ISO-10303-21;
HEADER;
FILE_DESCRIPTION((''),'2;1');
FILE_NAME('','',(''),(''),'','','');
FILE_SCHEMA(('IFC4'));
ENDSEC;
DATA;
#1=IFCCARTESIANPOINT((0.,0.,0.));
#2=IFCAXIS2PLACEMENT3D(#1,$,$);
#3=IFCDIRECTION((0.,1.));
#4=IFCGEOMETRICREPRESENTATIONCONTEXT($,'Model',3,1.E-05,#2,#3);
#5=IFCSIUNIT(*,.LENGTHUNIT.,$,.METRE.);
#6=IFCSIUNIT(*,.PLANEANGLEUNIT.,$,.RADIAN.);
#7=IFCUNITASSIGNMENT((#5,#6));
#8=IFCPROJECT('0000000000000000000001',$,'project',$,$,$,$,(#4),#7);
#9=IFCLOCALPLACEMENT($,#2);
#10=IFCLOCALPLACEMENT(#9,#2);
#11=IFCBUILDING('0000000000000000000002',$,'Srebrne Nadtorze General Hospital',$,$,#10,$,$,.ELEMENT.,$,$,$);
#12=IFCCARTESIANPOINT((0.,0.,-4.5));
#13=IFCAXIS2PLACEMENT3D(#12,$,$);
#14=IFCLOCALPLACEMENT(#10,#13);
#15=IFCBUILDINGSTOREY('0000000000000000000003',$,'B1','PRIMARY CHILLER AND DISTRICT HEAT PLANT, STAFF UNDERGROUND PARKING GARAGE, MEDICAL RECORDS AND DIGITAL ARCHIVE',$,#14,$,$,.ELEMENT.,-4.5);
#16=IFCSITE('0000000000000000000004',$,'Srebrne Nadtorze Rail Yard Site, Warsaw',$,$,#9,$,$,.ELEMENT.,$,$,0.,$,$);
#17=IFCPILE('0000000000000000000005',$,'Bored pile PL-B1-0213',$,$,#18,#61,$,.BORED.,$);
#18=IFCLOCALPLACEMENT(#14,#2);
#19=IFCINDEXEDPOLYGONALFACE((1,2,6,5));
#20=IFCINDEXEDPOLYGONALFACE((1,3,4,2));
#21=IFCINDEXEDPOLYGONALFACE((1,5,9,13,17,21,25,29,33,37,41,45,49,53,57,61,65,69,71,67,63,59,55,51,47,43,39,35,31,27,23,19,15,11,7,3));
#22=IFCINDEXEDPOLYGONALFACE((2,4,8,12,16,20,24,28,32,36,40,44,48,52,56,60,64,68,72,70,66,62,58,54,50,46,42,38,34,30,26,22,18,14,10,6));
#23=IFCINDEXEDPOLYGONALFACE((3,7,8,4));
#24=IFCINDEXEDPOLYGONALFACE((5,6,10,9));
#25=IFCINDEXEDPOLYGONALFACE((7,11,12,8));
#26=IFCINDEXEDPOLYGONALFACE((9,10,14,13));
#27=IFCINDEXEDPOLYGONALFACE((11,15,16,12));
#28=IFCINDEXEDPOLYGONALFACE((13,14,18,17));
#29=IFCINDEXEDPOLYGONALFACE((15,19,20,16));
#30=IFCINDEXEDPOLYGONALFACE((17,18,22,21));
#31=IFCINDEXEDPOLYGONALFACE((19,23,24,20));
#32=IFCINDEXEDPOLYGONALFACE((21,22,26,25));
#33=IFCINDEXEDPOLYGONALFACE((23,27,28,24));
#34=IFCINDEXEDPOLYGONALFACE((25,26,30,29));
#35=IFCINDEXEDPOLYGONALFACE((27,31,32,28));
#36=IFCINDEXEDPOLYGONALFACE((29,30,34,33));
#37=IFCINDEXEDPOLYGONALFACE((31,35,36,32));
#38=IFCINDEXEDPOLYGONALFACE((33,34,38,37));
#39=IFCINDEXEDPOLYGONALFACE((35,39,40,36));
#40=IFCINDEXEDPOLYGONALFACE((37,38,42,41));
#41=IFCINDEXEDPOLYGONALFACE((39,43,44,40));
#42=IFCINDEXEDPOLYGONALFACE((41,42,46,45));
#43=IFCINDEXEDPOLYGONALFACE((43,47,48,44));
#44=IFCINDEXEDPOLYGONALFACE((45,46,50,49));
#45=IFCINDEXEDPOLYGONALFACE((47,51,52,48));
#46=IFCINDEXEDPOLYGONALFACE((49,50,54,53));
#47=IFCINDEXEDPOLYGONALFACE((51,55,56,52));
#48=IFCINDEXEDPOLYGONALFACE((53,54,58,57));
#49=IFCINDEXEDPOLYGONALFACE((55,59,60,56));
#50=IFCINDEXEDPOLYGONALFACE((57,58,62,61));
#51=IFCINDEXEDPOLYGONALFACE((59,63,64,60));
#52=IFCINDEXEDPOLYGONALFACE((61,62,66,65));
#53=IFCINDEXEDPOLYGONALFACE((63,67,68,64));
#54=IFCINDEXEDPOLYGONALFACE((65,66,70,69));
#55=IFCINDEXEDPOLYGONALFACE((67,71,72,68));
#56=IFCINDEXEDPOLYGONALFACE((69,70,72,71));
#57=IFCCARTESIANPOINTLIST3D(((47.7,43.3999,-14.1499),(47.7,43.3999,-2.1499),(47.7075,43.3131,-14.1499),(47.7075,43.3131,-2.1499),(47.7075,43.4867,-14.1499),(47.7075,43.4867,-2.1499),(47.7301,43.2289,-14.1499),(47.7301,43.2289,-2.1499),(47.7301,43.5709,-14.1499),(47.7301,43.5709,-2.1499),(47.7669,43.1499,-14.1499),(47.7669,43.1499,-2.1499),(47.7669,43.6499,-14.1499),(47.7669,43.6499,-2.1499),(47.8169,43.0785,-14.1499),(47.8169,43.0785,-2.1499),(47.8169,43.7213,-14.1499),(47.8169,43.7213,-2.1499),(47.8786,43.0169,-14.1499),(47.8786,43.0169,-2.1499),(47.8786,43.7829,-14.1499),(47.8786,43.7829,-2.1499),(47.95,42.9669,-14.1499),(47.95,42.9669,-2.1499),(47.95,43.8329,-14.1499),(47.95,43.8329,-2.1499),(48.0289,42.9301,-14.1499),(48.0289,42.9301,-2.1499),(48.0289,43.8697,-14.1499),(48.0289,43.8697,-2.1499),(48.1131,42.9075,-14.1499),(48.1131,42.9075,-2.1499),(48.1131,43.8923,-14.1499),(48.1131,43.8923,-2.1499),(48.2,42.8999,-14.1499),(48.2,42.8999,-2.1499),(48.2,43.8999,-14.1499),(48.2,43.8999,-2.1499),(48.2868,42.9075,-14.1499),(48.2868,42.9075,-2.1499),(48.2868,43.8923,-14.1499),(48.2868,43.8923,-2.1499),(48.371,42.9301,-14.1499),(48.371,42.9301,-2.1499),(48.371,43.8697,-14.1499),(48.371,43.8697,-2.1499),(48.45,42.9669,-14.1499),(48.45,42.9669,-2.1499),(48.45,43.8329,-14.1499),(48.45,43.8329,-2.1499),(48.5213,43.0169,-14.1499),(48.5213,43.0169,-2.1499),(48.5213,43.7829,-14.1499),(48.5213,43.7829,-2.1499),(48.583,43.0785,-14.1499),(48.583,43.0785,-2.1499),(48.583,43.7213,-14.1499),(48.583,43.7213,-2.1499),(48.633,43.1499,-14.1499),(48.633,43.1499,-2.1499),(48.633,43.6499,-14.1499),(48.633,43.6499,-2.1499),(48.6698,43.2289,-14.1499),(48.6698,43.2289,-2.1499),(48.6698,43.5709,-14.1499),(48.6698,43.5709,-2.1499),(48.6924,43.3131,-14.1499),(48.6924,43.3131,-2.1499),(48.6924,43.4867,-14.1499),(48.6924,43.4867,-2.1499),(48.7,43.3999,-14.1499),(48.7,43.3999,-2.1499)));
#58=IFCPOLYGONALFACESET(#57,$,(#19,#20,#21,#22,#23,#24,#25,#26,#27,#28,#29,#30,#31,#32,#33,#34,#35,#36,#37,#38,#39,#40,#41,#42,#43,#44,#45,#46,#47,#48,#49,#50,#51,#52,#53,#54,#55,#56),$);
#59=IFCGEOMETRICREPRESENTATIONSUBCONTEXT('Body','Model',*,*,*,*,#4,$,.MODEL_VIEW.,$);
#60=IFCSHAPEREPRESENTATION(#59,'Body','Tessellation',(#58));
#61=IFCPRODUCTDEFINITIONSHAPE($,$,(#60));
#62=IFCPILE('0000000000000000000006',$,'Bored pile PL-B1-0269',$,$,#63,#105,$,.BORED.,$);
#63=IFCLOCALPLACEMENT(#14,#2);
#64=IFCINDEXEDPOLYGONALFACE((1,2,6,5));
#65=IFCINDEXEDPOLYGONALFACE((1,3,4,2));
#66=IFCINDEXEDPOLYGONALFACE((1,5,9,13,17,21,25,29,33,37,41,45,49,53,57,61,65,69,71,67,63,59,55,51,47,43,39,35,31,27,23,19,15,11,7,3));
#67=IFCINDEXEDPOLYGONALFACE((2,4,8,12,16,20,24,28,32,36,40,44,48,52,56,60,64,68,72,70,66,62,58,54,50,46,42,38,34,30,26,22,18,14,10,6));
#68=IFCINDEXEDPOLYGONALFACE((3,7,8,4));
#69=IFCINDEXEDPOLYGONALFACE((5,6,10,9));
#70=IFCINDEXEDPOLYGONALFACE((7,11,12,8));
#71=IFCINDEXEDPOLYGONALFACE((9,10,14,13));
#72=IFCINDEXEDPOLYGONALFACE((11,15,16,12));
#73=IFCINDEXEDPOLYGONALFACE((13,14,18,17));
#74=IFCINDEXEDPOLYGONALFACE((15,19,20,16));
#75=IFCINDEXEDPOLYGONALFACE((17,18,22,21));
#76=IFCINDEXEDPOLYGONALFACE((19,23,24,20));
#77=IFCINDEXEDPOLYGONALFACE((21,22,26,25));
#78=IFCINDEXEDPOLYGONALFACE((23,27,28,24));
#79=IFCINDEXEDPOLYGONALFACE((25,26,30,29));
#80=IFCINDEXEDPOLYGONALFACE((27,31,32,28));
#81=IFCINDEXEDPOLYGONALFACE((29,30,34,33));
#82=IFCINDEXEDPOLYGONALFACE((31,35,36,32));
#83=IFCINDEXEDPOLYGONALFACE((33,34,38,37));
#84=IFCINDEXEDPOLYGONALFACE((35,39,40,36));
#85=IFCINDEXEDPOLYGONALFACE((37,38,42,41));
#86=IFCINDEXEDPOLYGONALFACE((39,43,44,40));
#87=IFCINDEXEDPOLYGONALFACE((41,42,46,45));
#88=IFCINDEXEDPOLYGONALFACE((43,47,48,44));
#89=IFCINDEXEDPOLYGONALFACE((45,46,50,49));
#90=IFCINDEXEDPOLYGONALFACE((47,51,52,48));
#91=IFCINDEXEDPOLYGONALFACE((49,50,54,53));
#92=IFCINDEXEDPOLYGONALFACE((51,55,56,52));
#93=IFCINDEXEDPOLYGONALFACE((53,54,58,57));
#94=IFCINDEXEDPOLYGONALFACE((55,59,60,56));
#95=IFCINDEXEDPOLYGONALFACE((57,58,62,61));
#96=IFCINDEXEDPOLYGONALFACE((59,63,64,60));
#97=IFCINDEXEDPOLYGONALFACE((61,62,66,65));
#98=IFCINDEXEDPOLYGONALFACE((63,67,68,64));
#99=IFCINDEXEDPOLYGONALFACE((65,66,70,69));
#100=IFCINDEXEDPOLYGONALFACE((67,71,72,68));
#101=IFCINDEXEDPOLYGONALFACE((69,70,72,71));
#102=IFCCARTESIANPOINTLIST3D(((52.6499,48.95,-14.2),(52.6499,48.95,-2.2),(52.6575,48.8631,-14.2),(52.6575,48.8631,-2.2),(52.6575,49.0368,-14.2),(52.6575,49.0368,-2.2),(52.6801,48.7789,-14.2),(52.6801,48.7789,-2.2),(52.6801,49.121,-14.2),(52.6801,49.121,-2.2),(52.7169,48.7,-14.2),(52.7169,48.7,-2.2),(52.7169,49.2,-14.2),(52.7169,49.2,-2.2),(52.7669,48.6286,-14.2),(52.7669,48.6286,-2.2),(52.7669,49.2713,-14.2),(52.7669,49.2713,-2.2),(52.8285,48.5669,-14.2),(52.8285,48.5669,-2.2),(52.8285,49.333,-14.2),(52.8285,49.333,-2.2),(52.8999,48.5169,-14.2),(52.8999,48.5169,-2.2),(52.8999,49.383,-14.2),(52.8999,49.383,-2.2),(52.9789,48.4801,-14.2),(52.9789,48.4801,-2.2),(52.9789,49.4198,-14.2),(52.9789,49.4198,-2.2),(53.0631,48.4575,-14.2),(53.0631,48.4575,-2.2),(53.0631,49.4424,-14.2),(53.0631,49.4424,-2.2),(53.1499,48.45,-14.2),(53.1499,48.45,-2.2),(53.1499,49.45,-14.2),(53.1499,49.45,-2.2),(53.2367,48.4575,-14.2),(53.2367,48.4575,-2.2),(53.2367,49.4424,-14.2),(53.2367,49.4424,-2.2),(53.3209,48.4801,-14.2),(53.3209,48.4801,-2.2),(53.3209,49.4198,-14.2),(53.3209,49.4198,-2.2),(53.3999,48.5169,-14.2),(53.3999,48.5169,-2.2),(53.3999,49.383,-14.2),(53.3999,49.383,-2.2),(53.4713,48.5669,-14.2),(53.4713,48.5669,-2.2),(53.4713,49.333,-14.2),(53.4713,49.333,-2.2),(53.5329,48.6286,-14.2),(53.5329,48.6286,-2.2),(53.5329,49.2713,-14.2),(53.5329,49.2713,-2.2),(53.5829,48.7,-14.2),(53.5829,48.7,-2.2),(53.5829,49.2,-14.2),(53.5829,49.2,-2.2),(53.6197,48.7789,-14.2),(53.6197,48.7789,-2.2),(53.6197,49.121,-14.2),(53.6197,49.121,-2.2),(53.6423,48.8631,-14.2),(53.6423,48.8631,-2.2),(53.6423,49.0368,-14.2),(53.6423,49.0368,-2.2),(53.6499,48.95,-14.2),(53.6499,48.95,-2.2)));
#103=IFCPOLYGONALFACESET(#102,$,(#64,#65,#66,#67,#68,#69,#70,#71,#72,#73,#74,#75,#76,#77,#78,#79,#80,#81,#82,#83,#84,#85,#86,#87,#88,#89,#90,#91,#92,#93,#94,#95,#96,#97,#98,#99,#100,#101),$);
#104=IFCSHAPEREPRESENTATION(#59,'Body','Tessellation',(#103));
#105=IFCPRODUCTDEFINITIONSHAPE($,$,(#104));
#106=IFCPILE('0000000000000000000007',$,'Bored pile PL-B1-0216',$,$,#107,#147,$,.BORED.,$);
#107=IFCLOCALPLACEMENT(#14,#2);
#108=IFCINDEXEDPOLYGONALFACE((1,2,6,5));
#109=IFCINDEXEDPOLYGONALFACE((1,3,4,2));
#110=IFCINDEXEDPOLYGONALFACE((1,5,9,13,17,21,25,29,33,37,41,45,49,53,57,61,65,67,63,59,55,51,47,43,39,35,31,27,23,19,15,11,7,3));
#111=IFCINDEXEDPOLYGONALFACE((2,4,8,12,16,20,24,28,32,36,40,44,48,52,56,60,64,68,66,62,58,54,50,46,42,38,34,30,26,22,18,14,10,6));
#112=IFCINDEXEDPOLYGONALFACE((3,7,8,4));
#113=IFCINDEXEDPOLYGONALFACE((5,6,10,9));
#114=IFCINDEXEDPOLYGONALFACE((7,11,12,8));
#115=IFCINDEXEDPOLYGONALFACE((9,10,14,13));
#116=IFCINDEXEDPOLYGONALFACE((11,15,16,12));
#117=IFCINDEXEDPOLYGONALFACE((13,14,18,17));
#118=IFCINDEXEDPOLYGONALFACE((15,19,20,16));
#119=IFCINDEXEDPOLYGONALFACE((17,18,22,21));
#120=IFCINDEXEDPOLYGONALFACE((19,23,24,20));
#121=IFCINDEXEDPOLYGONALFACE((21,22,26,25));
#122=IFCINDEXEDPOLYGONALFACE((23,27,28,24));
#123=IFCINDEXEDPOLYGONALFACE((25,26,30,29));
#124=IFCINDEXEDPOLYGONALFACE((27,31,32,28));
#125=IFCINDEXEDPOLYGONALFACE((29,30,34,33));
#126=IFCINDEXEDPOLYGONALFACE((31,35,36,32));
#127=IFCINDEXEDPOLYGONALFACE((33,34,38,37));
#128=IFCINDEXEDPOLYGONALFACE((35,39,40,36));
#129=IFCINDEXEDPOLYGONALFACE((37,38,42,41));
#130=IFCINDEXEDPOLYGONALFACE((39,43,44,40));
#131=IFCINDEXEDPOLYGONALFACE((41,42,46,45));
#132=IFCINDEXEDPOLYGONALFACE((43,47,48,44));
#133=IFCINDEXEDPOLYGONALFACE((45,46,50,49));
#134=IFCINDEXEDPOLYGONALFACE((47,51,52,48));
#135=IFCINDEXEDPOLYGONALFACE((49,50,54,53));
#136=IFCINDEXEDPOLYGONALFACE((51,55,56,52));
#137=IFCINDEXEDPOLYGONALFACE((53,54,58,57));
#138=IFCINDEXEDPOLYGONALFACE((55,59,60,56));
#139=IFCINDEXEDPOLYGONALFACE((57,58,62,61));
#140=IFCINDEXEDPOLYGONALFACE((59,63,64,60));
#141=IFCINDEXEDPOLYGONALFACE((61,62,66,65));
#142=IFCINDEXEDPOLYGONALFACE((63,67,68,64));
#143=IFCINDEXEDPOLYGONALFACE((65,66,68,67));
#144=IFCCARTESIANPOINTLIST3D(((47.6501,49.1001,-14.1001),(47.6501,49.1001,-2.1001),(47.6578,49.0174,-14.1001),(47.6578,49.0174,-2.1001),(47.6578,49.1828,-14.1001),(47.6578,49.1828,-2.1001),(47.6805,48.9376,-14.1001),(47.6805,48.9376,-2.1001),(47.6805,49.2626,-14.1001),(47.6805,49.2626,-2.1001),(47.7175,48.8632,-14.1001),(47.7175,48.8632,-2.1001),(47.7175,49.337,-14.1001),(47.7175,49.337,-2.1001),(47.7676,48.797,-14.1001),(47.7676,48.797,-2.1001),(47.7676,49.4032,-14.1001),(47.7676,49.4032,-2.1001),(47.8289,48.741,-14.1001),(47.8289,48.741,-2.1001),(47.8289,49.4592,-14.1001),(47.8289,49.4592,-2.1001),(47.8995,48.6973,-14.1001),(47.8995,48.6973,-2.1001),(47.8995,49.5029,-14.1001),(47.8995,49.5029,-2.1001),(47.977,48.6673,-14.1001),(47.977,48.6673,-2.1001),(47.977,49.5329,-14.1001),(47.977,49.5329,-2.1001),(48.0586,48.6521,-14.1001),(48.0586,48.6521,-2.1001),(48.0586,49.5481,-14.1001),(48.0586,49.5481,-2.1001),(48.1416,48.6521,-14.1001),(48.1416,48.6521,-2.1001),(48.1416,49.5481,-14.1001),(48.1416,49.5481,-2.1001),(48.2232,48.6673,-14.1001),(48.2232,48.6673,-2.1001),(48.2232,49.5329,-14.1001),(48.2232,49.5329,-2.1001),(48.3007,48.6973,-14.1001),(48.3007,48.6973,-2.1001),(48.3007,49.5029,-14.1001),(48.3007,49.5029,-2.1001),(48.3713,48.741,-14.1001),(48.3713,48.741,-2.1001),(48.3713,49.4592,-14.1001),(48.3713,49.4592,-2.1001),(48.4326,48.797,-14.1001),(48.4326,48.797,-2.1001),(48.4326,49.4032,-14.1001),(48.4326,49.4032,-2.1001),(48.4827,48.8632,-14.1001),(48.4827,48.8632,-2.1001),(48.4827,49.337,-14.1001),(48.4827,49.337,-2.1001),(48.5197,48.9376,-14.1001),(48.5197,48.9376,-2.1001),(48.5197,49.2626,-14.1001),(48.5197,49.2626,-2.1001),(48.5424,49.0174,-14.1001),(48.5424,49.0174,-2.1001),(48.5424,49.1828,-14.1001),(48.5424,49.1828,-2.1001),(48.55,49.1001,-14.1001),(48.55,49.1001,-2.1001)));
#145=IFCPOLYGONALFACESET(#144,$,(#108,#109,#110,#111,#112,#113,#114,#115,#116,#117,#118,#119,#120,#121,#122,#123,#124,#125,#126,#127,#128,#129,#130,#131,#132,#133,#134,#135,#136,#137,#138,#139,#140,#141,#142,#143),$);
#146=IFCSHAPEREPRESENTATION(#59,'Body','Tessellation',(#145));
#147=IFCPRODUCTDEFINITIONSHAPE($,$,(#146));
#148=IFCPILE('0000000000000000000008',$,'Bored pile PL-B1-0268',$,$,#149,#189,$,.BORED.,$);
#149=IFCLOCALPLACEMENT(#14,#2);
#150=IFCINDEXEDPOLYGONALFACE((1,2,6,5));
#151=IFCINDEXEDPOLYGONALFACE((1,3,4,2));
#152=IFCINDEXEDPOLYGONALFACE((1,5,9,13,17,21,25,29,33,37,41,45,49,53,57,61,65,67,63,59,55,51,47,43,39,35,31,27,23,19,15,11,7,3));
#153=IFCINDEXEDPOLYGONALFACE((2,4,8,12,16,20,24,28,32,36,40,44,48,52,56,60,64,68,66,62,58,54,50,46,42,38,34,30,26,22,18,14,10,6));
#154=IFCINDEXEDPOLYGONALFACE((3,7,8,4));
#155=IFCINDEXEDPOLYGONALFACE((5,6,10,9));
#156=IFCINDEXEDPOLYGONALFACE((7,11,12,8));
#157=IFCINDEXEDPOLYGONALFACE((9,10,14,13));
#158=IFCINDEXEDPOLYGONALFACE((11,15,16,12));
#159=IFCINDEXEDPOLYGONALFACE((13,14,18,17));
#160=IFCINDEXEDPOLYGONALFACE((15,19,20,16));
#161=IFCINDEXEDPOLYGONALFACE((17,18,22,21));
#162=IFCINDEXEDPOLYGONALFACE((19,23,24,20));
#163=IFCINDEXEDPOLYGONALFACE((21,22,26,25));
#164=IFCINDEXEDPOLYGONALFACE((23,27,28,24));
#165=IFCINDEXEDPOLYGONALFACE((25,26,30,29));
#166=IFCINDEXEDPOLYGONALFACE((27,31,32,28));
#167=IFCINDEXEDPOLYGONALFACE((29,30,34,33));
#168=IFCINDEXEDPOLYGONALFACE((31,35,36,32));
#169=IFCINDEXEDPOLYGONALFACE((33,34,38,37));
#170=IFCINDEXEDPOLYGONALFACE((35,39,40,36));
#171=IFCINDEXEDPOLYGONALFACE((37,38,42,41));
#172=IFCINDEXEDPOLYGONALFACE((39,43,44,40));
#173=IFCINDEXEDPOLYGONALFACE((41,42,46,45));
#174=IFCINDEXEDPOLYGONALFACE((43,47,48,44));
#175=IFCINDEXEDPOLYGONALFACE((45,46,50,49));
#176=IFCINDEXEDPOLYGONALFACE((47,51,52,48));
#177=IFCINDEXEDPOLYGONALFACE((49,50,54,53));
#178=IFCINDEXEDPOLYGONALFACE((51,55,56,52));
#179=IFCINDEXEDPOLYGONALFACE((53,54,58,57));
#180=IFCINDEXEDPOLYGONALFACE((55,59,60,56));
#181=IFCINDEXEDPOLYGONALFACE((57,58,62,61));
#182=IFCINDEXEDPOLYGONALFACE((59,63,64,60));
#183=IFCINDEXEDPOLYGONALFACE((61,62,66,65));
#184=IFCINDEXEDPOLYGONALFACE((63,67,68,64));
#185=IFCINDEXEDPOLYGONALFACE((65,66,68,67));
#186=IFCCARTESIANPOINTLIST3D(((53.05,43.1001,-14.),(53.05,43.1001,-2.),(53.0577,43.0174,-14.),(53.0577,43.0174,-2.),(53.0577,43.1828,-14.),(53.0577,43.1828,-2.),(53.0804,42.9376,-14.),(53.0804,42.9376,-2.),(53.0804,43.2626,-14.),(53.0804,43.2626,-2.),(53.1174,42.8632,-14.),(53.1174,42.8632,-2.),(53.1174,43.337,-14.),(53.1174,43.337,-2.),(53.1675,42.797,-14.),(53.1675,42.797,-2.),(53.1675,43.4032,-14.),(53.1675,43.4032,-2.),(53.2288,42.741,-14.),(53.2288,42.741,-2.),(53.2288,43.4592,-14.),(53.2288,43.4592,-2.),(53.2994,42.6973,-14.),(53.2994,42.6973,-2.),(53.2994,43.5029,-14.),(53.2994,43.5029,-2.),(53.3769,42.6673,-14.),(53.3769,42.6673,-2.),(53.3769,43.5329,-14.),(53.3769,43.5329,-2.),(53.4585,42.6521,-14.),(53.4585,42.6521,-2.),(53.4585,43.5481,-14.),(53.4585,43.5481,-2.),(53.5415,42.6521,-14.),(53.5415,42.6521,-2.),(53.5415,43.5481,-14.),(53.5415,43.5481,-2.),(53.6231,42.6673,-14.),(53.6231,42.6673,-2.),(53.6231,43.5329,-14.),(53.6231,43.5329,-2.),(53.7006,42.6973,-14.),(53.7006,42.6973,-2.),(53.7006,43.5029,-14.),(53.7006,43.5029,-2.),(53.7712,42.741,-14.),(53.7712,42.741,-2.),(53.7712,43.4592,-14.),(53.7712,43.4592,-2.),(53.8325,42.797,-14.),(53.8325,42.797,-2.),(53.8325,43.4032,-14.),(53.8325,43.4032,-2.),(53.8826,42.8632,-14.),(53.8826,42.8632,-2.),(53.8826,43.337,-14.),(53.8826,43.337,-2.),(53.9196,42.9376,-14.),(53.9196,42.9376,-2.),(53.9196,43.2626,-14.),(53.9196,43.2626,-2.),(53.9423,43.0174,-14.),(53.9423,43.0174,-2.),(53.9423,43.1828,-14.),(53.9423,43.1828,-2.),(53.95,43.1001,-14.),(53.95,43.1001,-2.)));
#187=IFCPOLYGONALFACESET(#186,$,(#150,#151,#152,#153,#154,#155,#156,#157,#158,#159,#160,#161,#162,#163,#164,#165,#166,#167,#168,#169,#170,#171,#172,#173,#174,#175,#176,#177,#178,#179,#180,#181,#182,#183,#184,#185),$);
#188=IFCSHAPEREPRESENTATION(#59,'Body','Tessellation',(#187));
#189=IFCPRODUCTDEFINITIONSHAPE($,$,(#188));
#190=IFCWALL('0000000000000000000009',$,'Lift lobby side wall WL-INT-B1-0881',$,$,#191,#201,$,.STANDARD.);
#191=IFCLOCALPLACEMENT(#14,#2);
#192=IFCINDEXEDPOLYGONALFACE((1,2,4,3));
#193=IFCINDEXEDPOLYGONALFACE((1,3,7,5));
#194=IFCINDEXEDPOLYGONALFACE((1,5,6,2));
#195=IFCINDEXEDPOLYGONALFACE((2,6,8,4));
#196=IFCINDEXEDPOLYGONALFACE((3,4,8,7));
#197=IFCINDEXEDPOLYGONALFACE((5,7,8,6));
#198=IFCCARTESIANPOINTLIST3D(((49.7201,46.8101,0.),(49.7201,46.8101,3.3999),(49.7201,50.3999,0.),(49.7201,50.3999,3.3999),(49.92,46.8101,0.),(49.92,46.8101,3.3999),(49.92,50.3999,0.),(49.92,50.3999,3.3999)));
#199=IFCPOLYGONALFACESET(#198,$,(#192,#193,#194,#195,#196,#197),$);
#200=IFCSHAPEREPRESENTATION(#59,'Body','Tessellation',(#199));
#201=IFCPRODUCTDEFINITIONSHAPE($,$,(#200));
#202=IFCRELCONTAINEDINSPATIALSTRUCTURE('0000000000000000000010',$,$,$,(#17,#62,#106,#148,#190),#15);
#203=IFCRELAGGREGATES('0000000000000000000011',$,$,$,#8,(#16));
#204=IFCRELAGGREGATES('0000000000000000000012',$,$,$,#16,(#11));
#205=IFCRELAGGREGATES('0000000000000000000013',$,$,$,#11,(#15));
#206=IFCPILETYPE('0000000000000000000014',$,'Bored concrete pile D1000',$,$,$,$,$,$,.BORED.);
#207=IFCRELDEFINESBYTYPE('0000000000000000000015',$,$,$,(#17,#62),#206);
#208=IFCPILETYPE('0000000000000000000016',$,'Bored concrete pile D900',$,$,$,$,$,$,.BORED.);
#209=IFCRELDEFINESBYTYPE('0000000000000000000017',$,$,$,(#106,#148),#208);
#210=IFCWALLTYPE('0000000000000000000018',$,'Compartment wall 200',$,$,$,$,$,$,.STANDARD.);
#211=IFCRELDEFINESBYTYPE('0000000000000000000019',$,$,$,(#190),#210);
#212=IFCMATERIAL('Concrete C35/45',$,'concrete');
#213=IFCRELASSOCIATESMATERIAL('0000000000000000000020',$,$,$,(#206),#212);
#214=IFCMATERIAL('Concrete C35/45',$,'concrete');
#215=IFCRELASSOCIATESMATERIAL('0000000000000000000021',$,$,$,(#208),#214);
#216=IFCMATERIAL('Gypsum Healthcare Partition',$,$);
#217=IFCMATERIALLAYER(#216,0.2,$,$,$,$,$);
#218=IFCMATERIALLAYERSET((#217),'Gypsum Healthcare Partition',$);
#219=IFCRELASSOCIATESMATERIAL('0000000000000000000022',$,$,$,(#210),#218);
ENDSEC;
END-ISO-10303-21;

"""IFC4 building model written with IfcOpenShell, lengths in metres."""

from ifc_helpers import new_model, si_unit, direction, frame, frame_2d, origin, origin_2d, place, context, subcontext, project, spatial, rectangle, circle, extrude, material, layer, layer_set, material_profile, profile_set, type_object, element, save


model = new_model("IFC4")

# Units and contexts
model_context = context("Model", 3, precision=1e-05, world=origin(), true_north=direction((0.0, 1.0)))
body_context = subcontext(model_context, "Body", "Model", "MODEL_VIEW")
ifc_project = project(units=[si_unit("LENGTHUNIT", "METRE"), si_unit("PLANEANGLEUNIT", "RADIAN")], contexts=[model_context])

# Site, building, storey
site_placement = place(None, origin())
site = spatial("IfcSite", under=ifc_project, at=site_placement, Name="Srebrne Nadtorze Rail Yard Site, Warsaw", CompositionType="ELEMENT", RefElevation=0.0)
building_placement = place(site_placement, origin())
building = spatial("IfcBuilding", under=site, at=building_placement, Name="Srebrne Nadtorze General Hospital", CompositionType="ELEMENT")
storey_placement = place(building_placement, frame((0.0, 0.0, -4.5)))
storey = spatial("IfcBuildingStorey", under=building, at=storey_placement, Name="B1", Description="PRIMARY CHILLER AND DISTRICT HEAT PLANT, STAFF UNDERGROUND PARKING GARAGE, MEDICAL RECORDS AND DIGITAL ARCHIVE", CompositionType="ELEMENT", Elevation=-4.5)

# Piles
ifc_material_1 = material(Name="Concrete C35/45", Category="concrete")
ifc_material_profile_1 = material_profile(ifc_material_1, circle(Radius=0.5, at=origin_2d()), Name="PILE-D1000")
ifc_profile_set_1 = profile_set([ifc_material_profile_1], Name="Concrete C35/45")
pile_type_1 = type_object("IfcPileType", Name="Bored concrete pile D1000", PredefinedType="BORED", material=ifc_profile_set_1)
for number, where, z_axis, x_axis, name in (
    (1, (48.2, 43.3999, -2.1499), (0.0, 0.0, -1.0), (1.0, 0.0, 0.0), "Bored pile PL-B1-0213"),
    (2, (53.1499, 48.95, -2.2), (0.0, 0.0, -1.0), (1.0, 0.0, 0.0), "Bored pile PL-B1-0269"),
):
    element("IfcPile", number, at=place(storey_placement, frame(where, z_axis=z_axis, x_axis=x_axis)), inside=storey, type_object=pile_type_1, Name=name, PredefinedType="BORED", context=body_context, shape_type="SweptSolid", body=[
        extrude(circle(Radius=0.5, at=origin_2d()), origin(), (0.0, 0.0, 1.0), 12.0),
    ])
ifc_material_2 = material(Name="Concrete C35/45", Category="concrete")
ifc_material_profile_2 = material_profile(ifc_material_2, circle(Radius=0.45, at=origin_2d()), Name="PILE-D900")
ifc_profile_set_2 = profile_set([ifc_material_profile_2], Name="Concrete C35/45")
pile_type_2 = type_object("IfcPileType", Name="Bored concrete pile D900", PredefinedType="BORED", material=ifc_profile_set_2)
for number, where, z_axis, x_axis, name in (
    (3, (48.1001, 49.1001, -2.1001), (0.0, 0.0, -1.0), (1.0, 0.0, 0.0), "Bored pile PL-B1-0216"),
    (4, (53.5, 43.1001, -2.0), (0.0, 0.0, -1.0), (1.0, 0.0, 0.0), "Bored pile PL-B1-0268"),
):
    element("IfcPile", number, at=place(storey_placement, frame(where, z_axis=z_axis, x_axis=x_axis)), inside=storey, type_object=pile_type_2, Name=name, PredefinedType="BORED", context=body_context, shape_type="SweptSolid", body=[
        extrude(circle(Radius=0.45, at=origin_2d()), origin(), (0.0, 0.0, 1.0), 12.0),
    ])

# Wall
ifc_material_3 = material(Name="Gypsum Healthcare Partition")
ifc_layer_1 = layer(ifc_material_3, 0.2)
ifc_layer_set_1 = layer_set([ifc_layer_1], Name="Gypsum Healthcare Partition")
wall_type_1 = type_object("IfcWallType", Name="Compartment wall 200", PredefinedType="STANDARD", material=ifc_layer_set_1)
wall_1_placement = place(storey_placement, frame((49.8201, 46.8101, 0.0), z_axis=(0.0, 0.0, 1.0), x_axis=(0.0, 1.0, 0.0)))
element("IfcWall", 5, at=wall_1_placement, inside=storey, type_object=wall_type_1, Name="Lift lobby side wall WL-INT-B1-0881", PredefinedType="STANDARD", context=body_context, shape_type="SweptSolid", body=[
    extrude(rectangle(XDim=3.5898, YDim=0.2, at=frame_2d((1.7949, 0.0))), origin(), (0.0, 0.0, 1.0), 3.3999),
])

save(model, "model.ifc")
